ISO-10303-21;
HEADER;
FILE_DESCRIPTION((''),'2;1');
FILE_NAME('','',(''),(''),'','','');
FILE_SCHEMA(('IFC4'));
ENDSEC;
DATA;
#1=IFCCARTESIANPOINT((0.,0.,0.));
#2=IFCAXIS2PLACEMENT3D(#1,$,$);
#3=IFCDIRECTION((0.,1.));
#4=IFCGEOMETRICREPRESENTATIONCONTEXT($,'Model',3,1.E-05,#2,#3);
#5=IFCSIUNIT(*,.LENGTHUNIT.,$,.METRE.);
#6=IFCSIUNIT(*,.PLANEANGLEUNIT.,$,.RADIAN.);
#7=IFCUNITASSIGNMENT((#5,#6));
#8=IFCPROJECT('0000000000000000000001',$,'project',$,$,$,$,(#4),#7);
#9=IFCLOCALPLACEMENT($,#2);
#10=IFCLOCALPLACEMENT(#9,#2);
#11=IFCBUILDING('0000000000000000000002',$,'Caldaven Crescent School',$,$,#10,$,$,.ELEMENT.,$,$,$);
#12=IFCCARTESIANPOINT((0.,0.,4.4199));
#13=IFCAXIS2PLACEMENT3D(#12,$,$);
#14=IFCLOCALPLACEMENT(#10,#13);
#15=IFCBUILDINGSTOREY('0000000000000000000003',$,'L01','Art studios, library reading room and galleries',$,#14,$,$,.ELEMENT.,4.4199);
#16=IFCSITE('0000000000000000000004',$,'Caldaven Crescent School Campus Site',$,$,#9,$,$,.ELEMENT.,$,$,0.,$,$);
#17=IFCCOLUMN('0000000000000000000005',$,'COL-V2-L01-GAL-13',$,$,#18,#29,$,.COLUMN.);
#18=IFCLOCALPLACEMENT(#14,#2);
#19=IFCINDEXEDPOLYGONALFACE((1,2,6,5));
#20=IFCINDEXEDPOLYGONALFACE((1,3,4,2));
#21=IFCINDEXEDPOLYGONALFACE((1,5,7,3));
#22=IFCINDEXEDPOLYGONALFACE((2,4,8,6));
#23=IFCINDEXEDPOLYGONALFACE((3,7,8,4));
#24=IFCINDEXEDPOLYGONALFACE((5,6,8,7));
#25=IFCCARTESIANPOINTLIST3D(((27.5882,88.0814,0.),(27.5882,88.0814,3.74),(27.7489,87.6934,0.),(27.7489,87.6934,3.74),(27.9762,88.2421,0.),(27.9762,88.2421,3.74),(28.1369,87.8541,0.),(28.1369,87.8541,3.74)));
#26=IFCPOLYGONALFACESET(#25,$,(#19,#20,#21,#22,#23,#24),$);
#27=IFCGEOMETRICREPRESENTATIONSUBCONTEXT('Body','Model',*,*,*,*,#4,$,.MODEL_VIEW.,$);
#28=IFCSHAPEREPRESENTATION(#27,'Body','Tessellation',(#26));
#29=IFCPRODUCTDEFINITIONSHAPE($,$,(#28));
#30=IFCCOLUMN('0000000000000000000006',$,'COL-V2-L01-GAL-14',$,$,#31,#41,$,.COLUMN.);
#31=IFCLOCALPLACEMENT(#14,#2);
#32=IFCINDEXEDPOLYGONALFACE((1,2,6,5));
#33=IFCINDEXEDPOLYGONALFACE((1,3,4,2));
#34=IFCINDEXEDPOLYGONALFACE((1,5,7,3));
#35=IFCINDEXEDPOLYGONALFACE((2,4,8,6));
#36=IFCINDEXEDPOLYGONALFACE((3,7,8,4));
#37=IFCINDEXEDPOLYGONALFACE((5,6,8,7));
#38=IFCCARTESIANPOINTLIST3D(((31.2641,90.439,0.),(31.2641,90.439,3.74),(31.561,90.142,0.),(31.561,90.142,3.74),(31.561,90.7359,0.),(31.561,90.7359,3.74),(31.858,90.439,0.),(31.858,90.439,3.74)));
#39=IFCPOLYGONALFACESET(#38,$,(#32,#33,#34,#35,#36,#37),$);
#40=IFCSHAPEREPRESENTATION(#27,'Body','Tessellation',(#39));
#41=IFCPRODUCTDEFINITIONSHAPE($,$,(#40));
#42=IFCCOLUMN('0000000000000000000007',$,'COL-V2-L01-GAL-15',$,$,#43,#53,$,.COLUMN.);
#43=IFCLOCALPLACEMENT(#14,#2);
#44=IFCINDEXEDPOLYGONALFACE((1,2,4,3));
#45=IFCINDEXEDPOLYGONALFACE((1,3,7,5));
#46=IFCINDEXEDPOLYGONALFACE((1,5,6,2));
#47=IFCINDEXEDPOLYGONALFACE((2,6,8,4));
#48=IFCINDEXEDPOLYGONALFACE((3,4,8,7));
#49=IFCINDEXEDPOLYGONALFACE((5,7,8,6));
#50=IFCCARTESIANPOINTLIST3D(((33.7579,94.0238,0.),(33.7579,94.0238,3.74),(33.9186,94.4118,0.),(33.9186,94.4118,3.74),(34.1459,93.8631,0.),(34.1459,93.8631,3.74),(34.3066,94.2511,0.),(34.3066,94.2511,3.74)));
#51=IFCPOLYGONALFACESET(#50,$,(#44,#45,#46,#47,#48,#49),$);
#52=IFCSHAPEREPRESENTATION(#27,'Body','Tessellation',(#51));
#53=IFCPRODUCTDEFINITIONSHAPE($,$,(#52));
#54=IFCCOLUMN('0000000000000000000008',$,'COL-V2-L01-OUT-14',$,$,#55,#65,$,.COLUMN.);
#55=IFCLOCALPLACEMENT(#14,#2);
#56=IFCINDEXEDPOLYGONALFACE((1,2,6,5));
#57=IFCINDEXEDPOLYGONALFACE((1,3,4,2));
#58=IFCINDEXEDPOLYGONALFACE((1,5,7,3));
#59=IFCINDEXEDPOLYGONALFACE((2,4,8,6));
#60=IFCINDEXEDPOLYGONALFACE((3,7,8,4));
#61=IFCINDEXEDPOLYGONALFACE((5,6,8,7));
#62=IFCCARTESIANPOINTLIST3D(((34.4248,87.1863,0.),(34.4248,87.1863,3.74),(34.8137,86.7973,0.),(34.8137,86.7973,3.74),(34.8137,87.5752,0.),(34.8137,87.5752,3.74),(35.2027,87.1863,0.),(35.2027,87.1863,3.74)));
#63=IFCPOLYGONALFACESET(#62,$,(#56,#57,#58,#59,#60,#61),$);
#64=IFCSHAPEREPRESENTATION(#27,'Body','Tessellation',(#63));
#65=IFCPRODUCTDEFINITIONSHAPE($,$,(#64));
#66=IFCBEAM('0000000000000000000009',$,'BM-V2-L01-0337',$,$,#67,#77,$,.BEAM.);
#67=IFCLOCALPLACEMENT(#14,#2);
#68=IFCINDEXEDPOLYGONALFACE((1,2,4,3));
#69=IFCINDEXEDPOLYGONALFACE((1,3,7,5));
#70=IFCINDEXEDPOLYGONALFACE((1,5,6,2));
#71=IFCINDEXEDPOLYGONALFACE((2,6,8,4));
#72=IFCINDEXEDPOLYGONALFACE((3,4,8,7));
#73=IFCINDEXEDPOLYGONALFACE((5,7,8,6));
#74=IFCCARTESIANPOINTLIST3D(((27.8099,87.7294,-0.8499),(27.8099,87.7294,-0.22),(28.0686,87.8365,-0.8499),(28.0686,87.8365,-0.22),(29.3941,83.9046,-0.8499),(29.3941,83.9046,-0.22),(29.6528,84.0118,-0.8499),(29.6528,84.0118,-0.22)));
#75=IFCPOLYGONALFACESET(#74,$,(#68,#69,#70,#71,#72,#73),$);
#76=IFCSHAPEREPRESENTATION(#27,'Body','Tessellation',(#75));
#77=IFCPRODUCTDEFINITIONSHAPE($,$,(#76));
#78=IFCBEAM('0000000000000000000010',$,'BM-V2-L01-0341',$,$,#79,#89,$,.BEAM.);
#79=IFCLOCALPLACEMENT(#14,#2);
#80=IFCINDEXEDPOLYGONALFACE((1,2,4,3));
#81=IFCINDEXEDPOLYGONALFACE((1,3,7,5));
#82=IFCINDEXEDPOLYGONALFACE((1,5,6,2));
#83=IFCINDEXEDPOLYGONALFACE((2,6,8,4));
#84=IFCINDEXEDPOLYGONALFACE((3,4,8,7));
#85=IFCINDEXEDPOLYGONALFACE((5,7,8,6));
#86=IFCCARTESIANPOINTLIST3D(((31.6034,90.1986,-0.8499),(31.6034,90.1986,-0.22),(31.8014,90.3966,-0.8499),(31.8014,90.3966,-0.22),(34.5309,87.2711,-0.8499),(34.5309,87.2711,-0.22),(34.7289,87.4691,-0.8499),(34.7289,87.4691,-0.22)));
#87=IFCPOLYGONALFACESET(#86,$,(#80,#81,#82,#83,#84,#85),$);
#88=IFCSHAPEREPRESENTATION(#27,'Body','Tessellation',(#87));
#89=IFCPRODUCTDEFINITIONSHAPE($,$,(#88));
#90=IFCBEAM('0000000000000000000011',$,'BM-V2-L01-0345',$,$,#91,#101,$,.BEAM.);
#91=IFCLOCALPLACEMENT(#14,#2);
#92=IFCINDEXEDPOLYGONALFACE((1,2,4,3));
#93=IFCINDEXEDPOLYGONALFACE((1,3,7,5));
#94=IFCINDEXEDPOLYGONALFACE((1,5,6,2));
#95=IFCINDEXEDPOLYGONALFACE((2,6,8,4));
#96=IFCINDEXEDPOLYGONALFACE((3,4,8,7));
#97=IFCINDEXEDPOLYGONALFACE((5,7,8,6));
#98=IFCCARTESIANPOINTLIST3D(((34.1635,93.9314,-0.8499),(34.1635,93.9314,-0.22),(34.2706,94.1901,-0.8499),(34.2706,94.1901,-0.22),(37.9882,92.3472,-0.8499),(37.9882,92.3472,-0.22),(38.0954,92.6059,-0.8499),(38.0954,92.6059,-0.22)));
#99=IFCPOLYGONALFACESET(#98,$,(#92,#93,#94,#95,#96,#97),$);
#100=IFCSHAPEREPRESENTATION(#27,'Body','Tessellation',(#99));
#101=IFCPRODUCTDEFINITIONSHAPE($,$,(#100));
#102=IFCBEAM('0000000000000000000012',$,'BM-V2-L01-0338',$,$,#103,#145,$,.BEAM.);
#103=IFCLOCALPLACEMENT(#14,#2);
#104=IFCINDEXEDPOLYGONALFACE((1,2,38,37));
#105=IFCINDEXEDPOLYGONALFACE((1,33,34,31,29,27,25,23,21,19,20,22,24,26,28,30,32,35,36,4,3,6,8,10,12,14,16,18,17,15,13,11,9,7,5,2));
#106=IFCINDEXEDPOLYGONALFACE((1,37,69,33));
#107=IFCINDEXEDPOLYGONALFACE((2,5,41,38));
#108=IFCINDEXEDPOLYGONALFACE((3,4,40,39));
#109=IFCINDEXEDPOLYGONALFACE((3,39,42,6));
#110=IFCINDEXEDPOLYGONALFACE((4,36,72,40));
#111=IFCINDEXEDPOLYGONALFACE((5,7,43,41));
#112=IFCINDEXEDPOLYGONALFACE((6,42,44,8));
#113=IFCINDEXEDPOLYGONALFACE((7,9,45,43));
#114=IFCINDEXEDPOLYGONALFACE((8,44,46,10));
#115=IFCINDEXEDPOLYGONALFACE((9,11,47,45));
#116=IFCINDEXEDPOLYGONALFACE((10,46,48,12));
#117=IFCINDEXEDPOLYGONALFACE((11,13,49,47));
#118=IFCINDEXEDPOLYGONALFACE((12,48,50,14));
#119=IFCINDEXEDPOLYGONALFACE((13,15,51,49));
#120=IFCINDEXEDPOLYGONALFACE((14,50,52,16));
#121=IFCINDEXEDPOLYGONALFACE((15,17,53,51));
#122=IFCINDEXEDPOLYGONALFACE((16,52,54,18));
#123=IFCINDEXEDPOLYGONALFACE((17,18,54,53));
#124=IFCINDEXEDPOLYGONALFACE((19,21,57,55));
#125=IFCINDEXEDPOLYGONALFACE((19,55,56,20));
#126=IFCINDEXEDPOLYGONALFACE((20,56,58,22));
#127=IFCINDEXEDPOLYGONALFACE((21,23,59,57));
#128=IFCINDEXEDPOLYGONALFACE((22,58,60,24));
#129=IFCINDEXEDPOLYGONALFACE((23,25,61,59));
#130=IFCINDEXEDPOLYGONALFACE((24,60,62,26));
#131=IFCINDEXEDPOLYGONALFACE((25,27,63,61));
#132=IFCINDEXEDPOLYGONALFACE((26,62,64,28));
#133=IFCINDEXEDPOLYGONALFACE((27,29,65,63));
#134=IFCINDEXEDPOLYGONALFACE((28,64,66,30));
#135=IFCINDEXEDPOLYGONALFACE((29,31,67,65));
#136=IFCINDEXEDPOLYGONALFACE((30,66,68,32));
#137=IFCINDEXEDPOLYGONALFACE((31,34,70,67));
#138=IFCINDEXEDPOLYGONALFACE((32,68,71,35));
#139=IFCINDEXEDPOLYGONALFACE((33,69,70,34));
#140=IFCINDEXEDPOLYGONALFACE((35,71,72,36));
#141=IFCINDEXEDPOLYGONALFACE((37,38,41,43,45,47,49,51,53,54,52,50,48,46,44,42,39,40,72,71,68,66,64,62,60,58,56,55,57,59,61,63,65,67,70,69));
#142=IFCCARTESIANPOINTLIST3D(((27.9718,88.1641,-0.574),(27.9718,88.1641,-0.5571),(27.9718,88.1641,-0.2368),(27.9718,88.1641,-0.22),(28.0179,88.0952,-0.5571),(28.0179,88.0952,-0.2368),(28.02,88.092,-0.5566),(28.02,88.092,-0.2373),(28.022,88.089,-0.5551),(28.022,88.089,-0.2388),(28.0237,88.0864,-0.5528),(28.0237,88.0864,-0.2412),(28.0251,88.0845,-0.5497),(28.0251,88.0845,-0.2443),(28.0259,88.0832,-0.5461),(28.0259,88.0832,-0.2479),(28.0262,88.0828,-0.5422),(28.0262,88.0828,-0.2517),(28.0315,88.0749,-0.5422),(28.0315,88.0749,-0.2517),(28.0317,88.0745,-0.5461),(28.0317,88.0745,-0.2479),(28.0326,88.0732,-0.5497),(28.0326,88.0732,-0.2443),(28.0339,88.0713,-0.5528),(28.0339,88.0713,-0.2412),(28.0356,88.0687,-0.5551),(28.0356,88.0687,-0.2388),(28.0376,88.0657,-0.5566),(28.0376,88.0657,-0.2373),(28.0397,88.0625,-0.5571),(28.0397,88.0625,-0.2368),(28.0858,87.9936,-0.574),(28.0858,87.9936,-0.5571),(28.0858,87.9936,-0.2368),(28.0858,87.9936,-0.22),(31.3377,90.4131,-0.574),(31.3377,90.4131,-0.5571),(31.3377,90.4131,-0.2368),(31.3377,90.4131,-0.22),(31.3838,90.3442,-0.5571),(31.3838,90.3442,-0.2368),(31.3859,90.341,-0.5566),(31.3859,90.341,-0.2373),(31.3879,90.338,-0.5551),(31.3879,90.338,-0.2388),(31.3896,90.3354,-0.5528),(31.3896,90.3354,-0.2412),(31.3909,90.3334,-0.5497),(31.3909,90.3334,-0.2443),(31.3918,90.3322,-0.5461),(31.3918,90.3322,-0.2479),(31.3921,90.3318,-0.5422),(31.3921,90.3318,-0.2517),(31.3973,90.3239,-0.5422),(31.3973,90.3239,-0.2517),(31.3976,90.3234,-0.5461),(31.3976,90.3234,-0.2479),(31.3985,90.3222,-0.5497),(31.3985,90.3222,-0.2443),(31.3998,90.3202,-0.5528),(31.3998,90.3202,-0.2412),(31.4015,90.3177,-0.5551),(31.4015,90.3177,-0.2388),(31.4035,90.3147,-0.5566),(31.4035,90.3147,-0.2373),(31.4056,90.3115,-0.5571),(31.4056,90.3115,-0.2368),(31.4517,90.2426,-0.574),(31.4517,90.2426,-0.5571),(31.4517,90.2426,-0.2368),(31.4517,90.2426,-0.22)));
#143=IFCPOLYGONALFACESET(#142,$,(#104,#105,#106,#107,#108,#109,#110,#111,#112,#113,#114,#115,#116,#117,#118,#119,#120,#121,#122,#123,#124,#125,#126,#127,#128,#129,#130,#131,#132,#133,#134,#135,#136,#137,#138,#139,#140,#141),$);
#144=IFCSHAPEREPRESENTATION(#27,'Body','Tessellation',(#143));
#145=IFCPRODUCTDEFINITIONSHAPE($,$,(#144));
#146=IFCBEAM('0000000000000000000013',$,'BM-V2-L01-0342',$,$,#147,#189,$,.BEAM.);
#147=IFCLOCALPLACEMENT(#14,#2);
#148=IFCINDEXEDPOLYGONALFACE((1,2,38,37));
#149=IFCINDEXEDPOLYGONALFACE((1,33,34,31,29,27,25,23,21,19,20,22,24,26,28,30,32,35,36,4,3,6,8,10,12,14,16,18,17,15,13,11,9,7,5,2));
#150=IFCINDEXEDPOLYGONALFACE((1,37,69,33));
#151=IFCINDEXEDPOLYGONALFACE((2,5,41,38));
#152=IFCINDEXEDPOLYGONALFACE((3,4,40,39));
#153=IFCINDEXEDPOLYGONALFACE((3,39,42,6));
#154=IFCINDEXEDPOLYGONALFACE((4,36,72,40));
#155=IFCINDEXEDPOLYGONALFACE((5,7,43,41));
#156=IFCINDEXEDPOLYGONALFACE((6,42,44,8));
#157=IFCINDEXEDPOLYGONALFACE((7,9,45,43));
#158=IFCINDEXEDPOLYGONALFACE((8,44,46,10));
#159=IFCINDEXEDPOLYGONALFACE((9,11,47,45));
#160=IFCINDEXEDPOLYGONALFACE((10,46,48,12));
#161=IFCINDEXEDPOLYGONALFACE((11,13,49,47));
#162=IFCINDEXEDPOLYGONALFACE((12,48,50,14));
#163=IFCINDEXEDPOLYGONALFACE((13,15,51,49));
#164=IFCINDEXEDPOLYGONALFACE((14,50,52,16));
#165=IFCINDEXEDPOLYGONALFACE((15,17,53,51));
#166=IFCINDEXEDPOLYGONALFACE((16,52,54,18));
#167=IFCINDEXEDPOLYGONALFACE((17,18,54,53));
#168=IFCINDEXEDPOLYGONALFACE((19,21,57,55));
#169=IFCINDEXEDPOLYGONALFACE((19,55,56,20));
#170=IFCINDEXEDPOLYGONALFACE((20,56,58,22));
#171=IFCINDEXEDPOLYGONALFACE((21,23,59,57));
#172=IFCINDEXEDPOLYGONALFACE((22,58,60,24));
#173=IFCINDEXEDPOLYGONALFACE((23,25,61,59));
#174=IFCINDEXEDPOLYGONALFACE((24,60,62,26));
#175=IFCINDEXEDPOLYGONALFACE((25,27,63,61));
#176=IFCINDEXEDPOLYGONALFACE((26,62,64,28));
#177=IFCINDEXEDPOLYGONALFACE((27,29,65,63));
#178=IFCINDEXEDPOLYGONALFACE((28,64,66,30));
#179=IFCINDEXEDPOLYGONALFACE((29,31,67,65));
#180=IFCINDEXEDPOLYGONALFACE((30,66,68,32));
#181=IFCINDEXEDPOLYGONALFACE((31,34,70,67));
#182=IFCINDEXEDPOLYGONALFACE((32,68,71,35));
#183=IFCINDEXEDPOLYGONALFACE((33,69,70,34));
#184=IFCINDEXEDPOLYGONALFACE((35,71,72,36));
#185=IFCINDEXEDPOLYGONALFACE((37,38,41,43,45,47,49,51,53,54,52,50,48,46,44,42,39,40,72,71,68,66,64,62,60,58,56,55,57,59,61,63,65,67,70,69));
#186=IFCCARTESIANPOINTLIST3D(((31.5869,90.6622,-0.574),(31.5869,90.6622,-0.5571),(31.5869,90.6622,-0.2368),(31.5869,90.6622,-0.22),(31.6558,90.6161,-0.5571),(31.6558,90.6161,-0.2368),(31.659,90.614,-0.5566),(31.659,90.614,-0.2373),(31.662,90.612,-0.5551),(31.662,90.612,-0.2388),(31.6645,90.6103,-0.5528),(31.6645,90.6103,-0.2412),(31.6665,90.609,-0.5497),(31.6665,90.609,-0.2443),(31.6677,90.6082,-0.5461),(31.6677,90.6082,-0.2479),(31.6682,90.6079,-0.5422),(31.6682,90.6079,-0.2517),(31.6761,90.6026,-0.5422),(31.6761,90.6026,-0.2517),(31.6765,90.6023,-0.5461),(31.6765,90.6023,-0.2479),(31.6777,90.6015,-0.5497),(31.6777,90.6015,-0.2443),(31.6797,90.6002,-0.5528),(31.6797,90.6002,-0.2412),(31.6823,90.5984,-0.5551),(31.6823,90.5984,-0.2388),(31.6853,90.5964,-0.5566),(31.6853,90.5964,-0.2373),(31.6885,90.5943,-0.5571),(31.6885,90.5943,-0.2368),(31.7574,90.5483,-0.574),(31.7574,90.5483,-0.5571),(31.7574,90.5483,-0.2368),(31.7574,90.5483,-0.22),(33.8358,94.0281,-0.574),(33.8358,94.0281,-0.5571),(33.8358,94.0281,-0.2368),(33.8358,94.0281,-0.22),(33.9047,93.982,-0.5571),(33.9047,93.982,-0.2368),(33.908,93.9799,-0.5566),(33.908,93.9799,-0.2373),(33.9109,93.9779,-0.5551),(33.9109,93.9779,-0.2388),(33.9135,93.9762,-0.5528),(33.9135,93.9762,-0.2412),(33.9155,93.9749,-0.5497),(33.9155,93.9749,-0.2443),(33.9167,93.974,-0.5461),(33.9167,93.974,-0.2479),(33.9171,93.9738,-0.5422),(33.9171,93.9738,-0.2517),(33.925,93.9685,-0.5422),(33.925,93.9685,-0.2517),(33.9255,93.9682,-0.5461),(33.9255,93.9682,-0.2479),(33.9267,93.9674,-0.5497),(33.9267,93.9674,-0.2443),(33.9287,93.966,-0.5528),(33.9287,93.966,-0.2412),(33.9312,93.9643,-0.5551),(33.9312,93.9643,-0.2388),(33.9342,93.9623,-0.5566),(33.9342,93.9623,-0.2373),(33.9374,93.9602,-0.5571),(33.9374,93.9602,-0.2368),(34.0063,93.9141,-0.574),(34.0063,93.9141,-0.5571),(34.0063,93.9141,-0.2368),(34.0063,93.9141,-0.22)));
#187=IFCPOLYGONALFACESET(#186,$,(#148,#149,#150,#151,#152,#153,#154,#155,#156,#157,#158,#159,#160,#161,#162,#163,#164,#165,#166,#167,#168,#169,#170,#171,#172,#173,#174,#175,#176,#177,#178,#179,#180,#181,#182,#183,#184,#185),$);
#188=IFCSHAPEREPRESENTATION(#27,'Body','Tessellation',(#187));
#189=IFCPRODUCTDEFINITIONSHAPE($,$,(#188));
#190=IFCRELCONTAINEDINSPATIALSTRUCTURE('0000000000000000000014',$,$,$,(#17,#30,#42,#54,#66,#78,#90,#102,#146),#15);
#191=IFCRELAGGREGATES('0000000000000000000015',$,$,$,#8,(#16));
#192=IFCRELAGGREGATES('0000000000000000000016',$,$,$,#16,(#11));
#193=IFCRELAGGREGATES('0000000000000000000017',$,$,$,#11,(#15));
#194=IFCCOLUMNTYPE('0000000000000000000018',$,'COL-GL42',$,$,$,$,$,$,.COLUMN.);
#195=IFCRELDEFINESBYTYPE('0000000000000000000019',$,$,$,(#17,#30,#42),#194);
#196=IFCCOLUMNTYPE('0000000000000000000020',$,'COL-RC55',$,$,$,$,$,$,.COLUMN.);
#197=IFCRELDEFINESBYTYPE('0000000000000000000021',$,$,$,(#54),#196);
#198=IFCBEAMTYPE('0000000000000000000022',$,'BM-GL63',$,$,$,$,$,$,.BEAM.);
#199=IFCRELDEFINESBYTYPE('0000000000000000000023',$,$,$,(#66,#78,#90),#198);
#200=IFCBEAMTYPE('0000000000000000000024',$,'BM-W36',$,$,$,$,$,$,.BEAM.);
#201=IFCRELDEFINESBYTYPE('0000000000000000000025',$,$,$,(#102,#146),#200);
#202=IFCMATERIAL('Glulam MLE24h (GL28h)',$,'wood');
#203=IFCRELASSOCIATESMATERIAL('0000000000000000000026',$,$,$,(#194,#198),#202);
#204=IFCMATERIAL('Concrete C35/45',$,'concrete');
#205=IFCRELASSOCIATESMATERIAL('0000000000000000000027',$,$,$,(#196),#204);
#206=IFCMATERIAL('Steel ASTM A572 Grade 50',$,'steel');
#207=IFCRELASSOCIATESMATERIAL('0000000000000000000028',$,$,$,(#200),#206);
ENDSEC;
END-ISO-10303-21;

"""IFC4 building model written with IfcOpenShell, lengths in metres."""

from ifc_helpers import new_model, si_unit, direction, frame, origin, origin_2d, place, context, subcontext, project, spatial, rectangle, i_section, extrude, material, material_profile, profile_set, type_object, element, save


model = new_model("IFC4")

# Units and contexts
model_context = context("Model", 3, precision=1e-05, world=origin(), true_north=direction((0.0, 1.0)))
body_context = subcontext(model_context, "Body", "Model", "MODEL_VIEW")
ifc_project = project(units=[si_unit("LENGTHUNIT", "METRE"), si_unit("PLANEANGLEUNIT", "RADIAN")], contexts=[model_context])

# Site, building, storey
site_placement = place(None, origin())
site = spatial("IfcSite", under=ifc_project, at=site_placement, Name="Caldaven Crescent School Campus Site", CompositionType="ELEMENT", RefElevation=0.0)
building_placement = place(site_placement, origin())
building = spatial("IfcBuilding", under=site, at=building_placement, Name="Caldaven Crescent School", CompositionType="ELEMENT")
storey_placement = place(building_placement, frame((0.0, 0.0, 4.4199)))
storey = spatial("IfcBuildingStorey", under=building, at=storey_placement, Name="L01", Description="Art studios, library reading room and galleries", CompositionType="ELEMENT", Elevation=4.4199)

# Columns
ifc_material_1 = material(Name="Glulam MLE24h (GL28h)", Category="wood")
ifc_material_profile_1 = material_profile(ifc_material_1, rectangle(XDim=0.4199, YDim=0.4199, at=origin_2d()), Name="MLE 420x420")
ifc_profile_set_1 = profile_set([ifc_material_profile_1], Name="Glulam MLE24h (GL28h)")
column_type_1 = type_object("IfcColumnType", Name="COL-GL42", PredefinedType="COLUMN", material=ifc_profile_set_1)
for number, where, z_axis, x_axis, name in (
    (1, (27.8625, 87.9678, 0.0), (0.0, 0.0, 1.0), (0.382683, -0.92388, 0.0), "COL-V2-L01-GAL-13"),
    (2, (31.561, 90.439, 0.0), (0.0, 0.0, 1.0), (0.707107, -0.707107, 0.0), "COL-V2-L01-GAL-14"),
    (3, (34.0322, 94.1375, 0.0), (0.0, 0.0, 1.0), (0.92388, -0.382683, 0.0), "COL-V2-L01-GAL-15"),
):
    element("IfcColumn", number, at=place(storey_placement, frame(where, z_axis=z_axis, x_axis=x_axis)), inside=storey, type_object=column_type_1, Name=name, PredefinedType="COLUMN", context=body_context, shape_type="SweptSolid", body=[
        extrude(rectangle(XDim=0.4199, YDim=0.4199, at=origin_2d()), origin(), (0.0, 0.0, 1.0), 3.74),
    ])
ifc_material_2 = material(Name="Concrete C35/45", Category="concrete")
ifc_material_profile_2 = material_profile(ifc_material_2, rectangle(XDim=0.55, YDim=0.55, at=origin_2d()), Name="RC 550x550")
ifc_profile_set_2 = profile_set([ifc_material_profile_2], Name="Concrete C35/45")
column_type_2 = type_object("IfcColumnType", Name="COL-RC55", PredefinedType="COLUMN", material=ifc_profile_set_2)
column_placement = place(storey_placement, frame((34.8137, 87.1863, 0.0), z_axis=(0.0, 0.0, 1.0), x_axis=(0.707107, -0.707107, 0.0)))
element("IfcColumn", 4, at=column_placement, inside=storey, type_object=column_type_2, Name="COL-V2-L01-OUT-14", PredefinedType="COLUMN", context=body_context, shape_type="SweptSolid", body=[
    extrude(rectangle(XDim=0.55, YDim=0.55, at=origin_2d()), origin(), (0.0, 0.0, 1.0), 3.74),
])

# Beams
ifc_material_profile_3 = material_profile(ifc_material_1, rectangle(XDim=0.28, YDim=0.6299, at=origin_2d()), Name="MLE 280x630")
ifc_profile_set_3 = profile_set([ifc_material_profile_3], Name="Glulam MLE24h (GL28h)")
beam_type_1 = type_object("IfcBeamType", Name="BM-GL63", PredefinedType="BEAM", material=ifc_profile_set_3)
beam_1_placement = place(storey_placement, frame((27.9392, 87.783, -0.5349), z_axis=(0.38268, -0.923881, 0.0), x_axis=(0.923881, 0.38268, 0.0)))
element("IfcBeam", 5, at=beam_1_placement, inside=storey, type_object=beam_type_1, Name="BM-V2-L01-0337", PredefinedType="BEAM", context=body_context, shape_type="SweptSolid", body=[
    extrude(rectangle(XDim=0.28, YDim=0.6299, at=origin_2d()), origin(), (0.0, 0.0, 1.0), 4.1399),
])
beam_2_placement = place(storey_placement, frame((31.7024, 90.2976, -0.5349), z_axis=(0.707107, -0.707107, 0.0), x_axis=(0.707107, 0.707107, 0.0)))
element("IfcBeam", 6, at=beam_2_placement, inside=storey, type_object=beam_type_1, Name="BM-V2-L01-0341", PredefinedType="BEAM", context=body_context, shape_type="SweptSolid", body=[
    extrude(rectangle(XDim=0.28, YDim=0.6299, at=origin_2d()), origin(), (0.0, 0.0, 1.0), 4.1401),
])
beam_3_placement = place(storey_placement, frame((34.217, 94.0608, -0.5349), z_axis=(0.923881, -0.38268, 0.0), x_axis=(0.38268, 0.923881, 0.0)))
element("IfcBeam", 7, at=beam_3_placement, inside=storey, type_object=beam_type_1, Name="BM-V2-L01-0345", PredefinedType="BEAM", context=body_context, shape_type="SweptSolid", body=[
    extrude(rectangle(XDim=0.28, YDim=0.6299, at=origin_2d()), origin(), (0.0, 0.0, 1.0), 4.1399),
])
ifc_material_3 = material(Name="Steel ASTM A572 Grade 50", Category="steel")
ifc_material_profile_4 = material_profile(ifc_material_3, i_section(OverallWidth=0.2051, OverallDepth=0.354, WebThickness=0.0095, FlangeThickness=0.0168, FilletRadius=0.0149, at=origin_2d()), Name="W360x79")
ifc_profile_set_4 = profile_set([ifc_material_profile_4], Name="Steel ASTM A572 Grade 50")
beam_type_2 = type_object("IfcBeamType", Name="BM-W36", PredefinedType="BEAM", material=ifc_profile_set_4)
for number, where, z_axis, x_axis, name in (
    (8, (28.0288, 88.0789, -0.397), (0.831475, 0.555563, 0.0), (-0.555563, 0.831475, 0.0), "BM-V2-L01-0338"),
    (9, (31.6721, 90.6052, -0.397), (0.555563, 0.831475, 0.0), (-0.831475, 0.555563, 0.0), "BM-V2-L01-0342"),
):
    element("IfcBeam", number, at=place(storey_placement, frame(where, z_axis=z_axis, x_axis=x_axis)), inside=storey, type_object=beam_type_2, Name=name, PredefinedType="BEAM", context=body_context, shape_type="SweptSolid", body=[
        extrude(i_section(OverallWidth=0.2051, OverallDepth=0.354, WebThickness=0.0095, FlangeThickness=0.0168, FilletRadius=0.0149, at=origin_2d()), origin(), (0.0, 0.0, 1.0), 4.0481),
    ])

save(model, "model.ifc")
